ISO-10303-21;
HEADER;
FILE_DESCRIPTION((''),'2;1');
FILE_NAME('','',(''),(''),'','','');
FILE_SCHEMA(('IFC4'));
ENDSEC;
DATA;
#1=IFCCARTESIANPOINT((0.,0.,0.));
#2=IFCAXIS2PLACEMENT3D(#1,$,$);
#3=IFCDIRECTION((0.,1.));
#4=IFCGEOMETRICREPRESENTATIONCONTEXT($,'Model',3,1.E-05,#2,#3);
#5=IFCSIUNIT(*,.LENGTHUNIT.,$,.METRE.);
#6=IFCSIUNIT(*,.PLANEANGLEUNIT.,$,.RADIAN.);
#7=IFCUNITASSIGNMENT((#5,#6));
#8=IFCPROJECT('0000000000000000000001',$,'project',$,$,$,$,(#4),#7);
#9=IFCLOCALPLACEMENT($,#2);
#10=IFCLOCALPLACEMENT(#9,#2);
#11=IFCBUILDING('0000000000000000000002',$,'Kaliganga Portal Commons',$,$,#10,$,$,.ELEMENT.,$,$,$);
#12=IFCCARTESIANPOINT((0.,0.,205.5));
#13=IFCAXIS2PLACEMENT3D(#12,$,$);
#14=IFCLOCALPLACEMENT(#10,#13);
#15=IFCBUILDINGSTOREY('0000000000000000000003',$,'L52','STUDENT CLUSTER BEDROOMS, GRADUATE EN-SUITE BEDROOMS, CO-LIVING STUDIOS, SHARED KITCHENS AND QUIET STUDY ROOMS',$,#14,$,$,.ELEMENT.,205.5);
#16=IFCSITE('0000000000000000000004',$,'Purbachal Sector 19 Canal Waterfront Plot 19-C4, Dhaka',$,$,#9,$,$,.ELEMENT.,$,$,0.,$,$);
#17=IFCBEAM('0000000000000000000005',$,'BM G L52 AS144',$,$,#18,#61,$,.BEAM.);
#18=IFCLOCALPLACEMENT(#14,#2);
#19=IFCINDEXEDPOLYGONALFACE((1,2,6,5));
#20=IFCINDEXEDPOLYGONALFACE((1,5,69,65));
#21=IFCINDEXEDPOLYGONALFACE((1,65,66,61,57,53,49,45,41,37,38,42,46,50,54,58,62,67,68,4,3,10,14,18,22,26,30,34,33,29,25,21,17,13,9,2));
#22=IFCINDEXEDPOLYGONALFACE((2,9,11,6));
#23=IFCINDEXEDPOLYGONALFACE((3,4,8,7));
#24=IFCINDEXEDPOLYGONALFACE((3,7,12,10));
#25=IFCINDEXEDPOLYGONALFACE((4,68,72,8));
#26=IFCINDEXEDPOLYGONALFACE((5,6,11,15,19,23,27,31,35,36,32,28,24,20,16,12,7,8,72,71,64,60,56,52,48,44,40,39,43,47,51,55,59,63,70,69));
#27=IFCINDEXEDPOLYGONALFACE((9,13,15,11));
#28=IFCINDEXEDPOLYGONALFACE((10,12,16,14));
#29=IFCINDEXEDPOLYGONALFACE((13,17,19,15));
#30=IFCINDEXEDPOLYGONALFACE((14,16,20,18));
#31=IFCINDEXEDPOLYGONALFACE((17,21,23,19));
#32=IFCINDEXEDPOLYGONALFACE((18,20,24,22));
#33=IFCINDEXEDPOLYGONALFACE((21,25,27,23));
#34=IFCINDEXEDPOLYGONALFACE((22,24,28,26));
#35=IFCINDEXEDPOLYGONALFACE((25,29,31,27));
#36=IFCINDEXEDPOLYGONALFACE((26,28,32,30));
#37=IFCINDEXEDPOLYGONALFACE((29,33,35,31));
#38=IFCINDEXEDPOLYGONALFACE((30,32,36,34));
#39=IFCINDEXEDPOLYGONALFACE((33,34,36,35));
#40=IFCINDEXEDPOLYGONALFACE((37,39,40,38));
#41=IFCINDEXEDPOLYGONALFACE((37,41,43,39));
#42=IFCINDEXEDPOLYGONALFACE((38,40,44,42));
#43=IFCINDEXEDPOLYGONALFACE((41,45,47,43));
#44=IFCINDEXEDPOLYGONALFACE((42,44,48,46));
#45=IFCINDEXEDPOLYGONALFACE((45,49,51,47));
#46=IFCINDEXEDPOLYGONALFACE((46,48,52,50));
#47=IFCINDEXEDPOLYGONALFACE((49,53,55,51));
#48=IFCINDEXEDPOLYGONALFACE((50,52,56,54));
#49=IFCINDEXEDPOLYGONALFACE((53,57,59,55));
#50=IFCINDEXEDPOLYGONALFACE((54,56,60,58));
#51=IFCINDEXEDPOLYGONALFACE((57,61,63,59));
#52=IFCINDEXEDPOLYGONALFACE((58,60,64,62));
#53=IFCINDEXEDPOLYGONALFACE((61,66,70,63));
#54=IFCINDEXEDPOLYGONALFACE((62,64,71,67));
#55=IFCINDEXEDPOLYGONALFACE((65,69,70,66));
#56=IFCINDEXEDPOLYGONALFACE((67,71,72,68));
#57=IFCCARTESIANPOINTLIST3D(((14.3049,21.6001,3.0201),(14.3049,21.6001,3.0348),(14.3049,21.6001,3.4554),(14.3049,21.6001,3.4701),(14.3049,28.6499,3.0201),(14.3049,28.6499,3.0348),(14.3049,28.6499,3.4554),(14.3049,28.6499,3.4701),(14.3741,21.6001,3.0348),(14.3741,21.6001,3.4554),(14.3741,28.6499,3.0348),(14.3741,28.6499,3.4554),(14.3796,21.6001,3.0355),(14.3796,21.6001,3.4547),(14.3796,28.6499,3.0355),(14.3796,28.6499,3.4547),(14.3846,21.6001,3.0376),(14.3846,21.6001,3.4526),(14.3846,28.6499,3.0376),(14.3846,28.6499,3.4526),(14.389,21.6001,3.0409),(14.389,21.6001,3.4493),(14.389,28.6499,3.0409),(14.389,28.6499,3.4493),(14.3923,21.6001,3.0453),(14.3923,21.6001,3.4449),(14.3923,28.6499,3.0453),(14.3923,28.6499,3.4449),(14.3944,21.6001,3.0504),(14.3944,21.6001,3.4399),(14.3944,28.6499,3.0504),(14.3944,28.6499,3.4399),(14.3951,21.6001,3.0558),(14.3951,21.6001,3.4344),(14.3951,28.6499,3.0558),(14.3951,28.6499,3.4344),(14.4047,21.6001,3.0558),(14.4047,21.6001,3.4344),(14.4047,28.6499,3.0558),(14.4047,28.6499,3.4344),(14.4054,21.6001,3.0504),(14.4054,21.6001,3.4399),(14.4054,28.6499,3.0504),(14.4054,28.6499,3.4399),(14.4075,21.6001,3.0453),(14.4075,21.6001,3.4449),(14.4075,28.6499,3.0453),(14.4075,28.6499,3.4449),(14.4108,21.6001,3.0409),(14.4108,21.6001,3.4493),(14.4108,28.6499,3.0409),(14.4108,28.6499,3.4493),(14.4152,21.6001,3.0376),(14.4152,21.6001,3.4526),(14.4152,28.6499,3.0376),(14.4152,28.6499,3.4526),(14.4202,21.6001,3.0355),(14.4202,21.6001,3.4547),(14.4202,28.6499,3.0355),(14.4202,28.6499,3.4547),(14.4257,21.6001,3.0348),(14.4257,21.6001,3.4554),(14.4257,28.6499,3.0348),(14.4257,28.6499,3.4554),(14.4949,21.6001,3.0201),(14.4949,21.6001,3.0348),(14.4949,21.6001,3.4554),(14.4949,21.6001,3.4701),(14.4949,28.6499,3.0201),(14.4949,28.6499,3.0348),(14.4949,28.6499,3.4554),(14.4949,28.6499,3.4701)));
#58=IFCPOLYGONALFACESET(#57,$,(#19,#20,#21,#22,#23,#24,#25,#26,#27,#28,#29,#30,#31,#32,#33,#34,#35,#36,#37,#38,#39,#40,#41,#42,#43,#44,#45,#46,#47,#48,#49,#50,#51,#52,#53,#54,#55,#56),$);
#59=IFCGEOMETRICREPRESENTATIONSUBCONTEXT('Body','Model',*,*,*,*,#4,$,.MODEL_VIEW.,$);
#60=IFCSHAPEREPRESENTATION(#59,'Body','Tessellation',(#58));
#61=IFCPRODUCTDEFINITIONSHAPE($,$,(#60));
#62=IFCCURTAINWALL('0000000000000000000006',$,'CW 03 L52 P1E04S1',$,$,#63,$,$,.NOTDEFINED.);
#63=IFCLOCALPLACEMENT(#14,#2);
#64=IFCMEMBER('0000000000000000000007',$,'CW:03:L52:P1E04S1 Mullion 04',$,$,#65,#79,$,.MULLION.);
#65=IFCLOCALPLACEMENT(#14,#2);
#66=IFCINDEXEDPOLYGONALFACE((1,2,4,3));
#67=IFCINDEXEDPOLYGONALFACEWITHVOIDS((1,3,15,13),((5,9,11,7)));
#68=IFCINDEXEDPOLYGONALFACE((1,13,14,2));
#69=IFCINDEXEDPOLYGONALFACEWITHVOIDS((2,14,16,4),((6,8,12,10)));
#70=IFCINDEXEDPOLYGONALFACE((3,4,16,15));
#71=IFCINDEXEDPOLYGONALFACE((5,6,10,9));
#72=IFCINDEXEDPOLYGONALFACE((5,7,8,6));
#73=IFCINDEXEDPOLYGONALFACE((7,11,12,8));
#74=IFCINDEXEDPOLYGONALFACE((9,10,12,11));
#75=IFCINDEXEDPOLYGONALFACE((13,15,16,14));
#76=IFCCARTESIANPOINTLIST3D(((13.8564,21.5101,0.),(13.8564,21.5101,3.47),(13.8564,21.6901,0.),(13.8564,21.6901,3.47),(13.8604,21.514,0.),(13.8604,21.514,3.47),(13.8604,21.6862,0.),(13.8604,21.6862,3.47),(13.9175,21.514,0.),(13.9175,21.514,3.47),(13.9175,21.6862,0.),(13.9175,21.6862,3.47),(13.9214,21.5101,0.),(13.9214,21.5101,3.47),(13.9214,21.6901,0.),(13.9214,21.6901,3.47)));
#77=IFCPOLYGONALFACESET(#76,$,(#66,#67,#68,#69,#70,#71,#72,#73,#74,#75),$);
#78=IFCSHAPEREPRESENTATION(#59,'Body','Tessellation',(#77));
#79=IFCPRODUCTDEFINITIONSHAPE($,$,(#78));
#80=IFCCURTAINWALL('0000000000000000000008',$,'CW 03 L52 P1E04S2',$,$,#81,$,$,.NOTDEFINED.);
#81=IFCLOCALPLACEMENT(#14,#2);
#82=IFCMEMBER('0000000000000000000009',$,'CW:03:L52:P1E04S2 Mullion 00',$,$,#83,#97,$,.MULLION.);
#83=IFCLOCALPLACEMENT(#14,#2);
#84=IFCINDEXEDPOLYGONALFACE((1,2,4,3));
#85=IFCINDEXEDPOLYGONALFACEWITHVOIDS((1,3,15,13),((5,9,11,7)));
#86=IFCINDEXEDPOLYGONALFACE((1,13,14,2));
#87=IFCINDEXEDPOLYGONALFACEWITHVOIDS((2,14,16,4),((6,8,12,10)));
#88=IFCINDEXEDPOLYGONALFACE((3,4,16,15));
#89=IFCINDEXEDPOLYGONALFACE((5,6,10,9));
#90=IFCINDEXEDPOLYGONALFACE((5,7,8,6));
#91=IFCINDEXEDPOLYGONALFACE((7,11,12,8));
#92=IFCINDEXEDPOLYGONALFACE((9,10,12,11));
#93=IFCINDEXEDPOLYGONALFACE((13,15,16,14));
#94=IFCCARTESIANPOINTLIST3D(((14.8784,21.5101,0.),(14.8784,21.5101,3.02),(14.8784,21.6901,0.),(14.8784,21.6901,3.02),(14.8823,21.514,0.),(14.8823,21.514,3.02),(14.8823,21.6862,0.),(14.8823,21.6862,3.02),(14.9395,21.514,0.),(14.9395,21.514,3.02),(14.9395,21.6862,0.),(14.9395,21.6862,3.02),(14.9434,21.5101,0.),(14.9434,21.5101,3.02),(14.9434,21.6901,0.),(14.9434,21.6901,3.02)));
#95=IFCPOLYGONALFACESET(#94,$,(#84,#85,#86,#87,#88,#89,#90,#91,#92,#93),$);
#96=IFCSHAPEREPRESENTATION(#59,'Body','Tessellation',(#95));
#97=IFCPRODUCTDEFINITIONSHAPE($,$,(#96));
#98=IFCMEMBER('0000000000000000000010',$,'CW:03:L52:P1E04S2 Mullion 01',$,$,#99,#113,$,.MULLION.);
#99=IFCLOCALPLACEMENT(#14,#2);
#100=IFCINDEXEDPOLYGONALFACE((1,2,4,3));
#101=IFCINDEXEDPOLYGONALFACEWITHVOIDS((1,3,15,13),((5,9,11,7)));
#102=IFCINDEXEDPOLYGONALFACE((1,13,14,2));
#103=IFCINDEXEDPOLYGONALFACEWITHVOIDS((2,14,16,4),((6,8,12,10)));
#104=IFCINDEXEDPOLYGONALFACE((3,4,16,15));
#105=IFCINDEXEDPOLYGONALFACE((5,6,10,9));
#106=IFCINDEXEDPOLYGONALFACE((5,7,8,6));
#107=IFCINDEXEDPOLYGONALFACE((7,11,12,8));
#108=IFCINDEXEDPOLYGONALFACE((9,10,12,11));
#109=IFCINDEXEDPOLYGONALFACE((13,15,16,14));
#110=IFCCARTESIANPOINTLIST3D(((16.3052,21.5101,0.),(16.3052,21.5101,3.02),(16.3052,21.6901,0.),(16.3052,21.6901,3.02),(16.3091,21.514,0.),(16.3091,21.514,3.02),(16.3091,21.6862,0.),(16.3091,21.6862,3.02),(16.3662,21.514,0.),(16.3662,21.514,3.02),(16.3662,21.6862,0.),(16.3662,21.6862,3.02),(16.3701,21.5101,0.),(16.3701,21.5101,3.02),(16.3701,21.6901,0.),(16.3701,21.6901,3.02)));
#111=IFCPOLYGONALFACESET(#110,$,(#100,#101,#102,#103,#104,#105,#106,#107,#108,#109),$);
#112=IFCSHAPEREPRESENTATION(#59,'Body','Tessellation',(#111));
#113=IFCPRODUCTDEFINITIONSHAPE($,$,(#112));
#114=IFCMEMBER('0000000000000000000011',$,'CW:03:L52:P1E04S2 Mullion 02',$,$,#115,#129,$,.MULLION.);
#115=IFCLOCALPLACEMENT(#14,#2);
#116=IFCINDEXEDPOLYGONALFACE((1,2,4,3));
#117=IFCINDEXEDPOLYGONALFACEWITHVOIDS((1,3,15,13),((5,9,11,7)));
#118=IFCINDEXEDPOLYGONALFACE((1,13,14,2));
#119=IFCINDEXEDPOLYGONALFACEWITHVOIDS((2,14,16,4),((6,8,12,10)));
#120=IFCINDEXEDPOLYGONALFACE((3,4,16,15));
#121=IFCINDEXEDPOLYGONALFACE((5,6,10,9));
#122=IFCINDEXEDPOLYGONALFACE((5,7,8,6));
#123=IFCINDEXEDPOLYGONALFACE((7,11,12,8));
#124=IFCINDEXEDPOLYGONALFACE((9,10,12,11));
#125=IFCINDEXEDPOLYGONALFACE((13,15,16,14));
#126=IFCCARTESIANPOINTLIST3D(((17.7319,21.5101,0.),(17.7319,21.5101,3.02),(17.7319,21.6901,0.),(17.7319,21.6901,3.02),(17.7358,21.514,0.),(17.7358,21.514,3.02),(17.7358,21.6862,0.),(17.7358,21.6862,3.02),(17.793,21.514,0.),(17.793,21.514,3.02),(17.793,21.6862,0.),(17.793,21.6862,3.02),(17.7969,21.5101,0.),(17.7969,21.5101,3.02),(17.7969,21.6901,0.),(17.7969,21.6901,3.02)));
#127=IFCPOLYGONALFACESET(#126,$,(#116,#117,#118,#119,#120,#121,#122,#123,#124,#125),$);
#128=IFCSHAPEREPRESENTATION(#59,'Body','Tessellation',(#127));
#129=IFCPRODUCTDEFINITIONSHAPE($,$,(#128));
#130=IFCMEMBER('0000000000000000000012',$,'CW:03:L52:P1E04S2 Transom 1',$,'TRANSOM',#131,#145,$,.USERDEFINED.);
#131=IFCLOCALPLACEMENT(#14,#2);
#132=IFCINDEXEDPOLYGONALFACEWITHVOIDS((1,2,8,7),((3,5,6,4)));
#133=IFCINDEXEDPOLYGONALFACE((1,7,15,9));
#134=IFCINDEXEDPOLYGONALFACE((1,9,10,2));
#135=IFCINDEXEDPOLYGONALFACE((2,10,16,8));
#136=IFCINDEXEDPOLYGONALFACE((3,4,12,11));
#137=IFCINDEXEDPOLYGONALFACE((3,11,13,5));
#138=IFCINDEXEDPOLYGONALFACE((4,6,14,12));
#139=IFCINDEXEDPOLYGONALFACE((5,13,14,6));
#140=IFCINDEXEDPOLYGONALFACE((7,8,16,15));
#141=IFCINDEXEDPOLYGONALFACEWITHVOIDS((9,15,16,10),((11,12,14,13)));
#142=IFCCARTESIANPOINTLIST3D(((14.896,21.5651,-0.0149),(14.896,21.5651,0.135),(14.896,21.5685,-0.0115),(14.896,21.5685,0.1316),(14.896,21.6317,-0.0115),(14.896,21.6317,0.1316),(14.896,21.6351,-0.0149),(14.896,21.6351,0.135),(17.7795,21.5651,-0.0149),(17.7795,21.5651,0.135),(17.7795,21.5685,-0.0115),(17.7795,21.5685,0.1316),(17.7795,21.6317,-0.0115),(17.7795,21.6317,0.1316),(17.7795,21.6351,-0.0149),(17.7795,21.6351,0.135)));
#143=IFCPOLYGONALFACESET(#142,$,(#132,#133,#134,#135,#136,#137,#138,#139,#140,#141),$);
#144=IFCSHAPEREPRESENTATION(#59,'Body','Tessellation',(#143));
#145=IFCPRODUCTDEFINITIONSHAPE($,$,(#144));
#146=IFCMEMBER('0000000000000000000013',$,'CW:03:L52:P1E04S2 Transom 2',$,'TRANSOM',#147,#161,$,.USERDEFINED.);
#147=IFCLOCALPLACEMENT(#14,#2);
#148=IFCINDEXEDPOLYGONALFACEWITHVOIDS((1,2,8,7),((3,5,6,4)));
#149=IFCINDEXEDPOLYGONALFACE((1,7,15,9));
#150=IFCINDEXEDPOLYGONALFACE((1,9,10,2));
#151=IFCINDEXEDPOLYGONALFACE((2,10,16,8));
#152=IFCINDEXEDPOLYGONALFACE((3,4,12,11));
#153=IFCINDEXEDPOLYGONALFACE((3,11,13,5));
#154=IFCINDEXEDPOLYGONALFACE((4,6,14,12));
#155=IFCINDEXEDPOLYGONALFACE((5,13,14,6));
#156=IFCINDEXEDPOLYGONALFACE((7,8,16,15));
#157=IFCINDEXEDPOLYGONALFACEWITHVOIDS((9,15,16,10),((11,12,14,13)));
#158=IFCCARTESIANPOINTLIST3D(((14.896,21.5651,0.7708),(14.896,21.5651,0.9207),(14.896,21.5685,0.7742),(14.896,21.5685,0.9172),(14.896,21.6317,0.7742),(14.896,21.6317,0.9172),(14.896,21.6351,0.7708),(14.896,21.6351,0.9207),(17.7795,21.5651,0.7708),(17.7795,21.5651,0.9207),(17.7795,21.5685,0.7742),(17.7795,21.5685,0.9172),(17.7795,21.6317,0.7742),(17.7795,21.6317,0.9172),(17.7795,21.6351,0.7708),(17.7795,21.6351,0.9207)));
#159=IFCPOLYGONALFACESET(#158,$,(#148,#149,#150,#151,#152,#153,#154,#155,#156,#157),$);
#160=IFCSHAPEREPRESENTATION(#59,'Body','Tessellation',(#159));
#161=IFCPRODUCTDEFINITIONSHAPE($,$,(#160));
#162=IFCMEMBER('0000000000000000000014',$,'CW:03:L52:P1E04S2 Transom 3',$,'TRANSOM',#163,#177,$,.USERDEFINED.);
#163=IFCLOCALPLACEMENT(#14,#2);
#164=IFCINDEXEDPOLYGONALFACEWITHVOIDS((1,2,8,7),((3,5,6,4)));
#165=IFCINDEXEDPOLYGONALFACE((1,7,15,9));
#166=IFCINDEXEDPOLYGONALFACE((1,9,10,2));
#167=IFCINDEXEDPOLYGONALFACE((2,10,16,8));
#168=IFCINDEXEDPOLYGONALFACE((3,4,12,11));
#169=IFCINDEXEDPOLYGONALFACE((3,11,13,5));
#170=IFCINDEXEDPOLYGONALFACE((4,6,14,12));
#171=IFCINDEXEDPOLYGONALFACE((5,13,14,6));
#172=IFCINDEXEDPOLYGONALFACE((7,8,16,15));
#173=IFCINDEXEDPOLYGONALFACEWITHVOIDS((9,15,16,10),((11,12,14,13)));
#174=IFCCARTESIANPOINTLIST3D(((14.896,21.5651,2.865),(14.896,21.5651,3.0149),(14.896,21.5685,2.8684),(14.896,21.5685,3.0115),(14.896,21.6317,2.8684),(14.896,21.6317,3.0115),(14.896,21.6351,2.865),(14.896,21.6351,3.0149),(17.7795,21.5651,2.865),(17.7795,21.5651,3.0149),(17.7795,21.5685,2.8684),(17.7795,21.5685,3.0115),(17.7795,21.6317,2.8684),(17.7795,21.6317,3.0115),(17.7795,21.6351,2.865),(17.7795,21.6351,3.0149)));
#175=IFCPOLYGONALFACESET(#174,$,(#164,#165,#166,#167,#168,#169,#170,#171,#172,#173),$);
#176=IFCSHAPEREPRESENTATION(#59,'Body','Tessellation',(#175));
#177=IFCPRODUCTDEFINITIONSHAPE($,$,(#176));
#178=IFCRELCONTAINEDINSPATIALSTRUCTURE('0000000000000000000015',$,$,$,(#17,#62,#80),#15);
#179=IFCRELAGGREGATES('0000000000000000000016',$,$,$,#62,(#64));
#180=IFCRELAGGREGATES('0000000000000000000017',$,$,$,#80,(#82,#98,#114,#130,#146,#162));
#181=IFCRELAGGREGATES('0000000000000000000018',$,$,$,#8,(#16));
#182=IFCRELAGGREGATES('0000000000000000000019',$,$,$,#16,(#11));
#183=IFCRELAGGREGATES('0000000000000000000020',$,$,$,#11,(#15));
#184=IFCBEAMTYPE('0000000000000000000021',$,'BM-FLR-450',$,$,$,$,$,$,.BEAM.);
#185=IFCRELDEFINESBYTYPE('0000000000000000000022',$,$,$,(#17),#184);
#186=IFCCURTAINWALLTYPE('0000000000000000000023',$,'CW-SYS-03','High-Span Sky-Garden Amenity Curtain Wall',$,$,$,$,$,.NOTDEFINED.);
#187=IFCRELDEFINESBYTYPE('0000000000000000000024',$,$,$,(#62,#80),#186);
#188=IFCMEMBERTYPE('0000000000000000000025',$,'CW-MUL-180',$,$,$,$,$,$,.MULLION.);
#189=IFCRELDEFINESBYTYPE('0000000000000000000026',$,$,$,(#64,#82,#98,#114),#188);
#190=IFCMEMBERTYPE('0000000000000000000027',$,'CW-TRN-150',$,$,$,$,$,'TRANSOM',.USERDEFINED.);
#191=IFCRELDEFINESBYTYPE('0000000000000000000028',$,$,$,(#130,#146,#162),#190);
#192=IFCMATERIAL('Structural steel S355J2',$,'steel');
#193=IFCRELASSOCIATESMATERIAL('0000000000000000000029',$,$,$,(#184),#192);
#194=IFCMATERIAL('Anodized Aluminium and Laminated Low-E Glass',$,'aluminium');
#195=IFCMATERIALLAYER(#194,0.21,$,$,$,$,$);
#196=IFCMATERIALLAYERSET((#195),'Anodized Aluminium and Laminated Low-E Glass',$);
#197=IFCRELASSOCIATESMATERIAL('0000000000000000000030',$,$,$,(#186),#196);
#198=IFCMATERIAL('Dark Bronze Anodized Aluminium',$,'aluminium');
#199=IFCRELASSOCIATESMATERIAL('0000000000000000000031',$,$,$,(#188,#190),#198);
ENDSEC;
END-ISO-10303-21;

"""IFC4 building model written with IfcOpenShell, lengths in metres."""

from ifc_helpers import new_model, si_unit, direction, frame, origin, origin_2d, place, context, subcontext, project, spatial, hollow_rectangle, i_section, extrude, source, transform, mapped, material, layer, layer_set, material_profile, profile_set, type_object, element, aggregate, save


model = new_model("IFC4")

# Units and contexts
model_context = context("Model", 3, precision=1e-05, world=origin(), true_north=direction((0.0, 1.0)))
body_context = subcontext(model_context, "Body", "Model", "MODEL_VIEW")
ifc_project = project(units=[si_unit("LENGTHUNIT", "METRE"), si_unit("PLANEANGLEUNIT", "RADIAN")], contexts=[model_context])

# Site, building, storey
site_placement = place(None, origin())
site = spatial("IfcSite", under=ifc_project, at=site_placement, Name="Purbachal Sector 19 Canal Waterfront Plot 19-C4, Dhaka", CompositionType="ELEMENT", RefElevation=0.0)
building_placement = place(site_placement, origin())
building = spatial("IfcBuilding", under=site, at=building_placement, Name="Kaliganga Portal Commons", CompositionType="ELEMENT")
storey_placement = place(building_placement, frame((0.0, 0.0, 205.5)))
storey = spatial("IfcBuildingStorey", under=building, at=storey_placement, Name="L52", Description="STUDENT CLUSTER BEDROOMS, GRADUATE EN-SUITE BEDROOMS, CO-LIVING STUDIOS, SHARED KITCHENS AND QUIET STUDY ROOMS", CompositionType="ELEMENT", Elevation=205.5)

# Shared definitions
ifc_material_1 = material(Name="Structural steel S355J2", Category="steel")

# Beam
ifc_material_profile_1 = material_profile(ifc_material_1, i_section(OverallWidth=0.1899, OverallDepth=0.45, WebThickness=0.0095, FlangeThickness=0.0146, FilletRadius=0.021, at=origin_2d()), Name="IPE 450")
ifc_profile_set_1 = profile_set([ifc_material_profile_1], Name="Structural steel S355J2 wide-flange")
beam_type_1 = type_object("IfcBeamType", Name="BM-FLR-450", PredefinedType="BEAM", material=ifc_profile_set_1)
shared_shape_1 = source(origin(), body_context, "Body", "SweptSolid", [
    extrude(i_section(OverallWidth=0.1899, OverallDepth=0.45, WebThickness=0.0095, FlangeThickness=0.0146, FilletRadius=0.021, at=origin_2d()), origin(), (0.0, 0.0, 1.0), 7.0498),
])
beam_placement = place(storey_placement, frame((14.3999, 21.6001, 3.2451), z_axis=(0.0, 1.0, 0.0), x_axis=(-1.0, 0.0, 0.0)))
element("IfcBeam", 1, at=beam_placement, inside=storey, type_object=beam_type_1, Name="BM G L52 AS144", PredefinedType="BEAM", context=body_context, shape_type="MappedRepresentation", body=[
    mapped(shared_shape_1, transform((0.0, 0.0, 0.0), x_axis=(1.0, 0.0, 0.0), y_axis=(0.0, 1.0, 0.0), z_axis=(0.0, 0.0, 1.0), scale=1.0)),
])

# Curtain wall, member
ifc_material_2 = material(Name="Anodized Aluminium and Laminated Low-E Glass", Category="aluminium")
ifc_layer_1 = layer(ifc_material_2, 0.21)
ifc_layer_set_1 = layer_set([ifc_layer_1], Name="Anodized Aluminium and Laminated Low-E Glass")
curtain_wall_type = type_object("IfcCurtainWallType", Name="CW-SYS-03", Description="High-Span Sky-Garden Amenity Curtain Wall", PredefinedType="NOTDEFINED", material=ifc_layer_set_1)
curtain_wall_1_placement = place(storey_placement, origin())
curtain_wall_1 = element("IfcCurtainWall", 2, at=curtain_wall_1_placement, inside=storey, type_object=curtain_wall_type, Name="CW 03 L52 P1E04S1", PredefinedType="NOTDEFINED")
ifc_material_3 = material(Name="Dark Bronze Anodized Aluminium", Category="aluminium")
ifc_material_profile_2 = material_profile(ifc_material_3, hollow_rectangle(XDim=0.0649, YDim=0.1799, WallThickness=0.0039, at=origin_2d()), Name="ALU MULL 65x180x4")
ifc_profile_set_2 = profile_set([ifc_material_profile_2], Name="Dark Bronze Anodized Aluminium")
member_type_1 = type_object("IfcMemberType", Name="CW-MUL-180", PredefinedType="MULLION", material=ifc_profile_set_2)
shared_shape_2 = source(origin(), body_context, "Body", "SweptSolid", [
    extrude(hollow_rectangle(XDim=0.0649, YDim=0.1799, WallThickness=0.0039, at=origin_2d()), origin(), (0.0, 0.0, 1.0), 3.47),
])
member_1_placement = place(storey_placement, frame((13.8889, 21.6001, 0.0), z_axis=(0.0, 0.0, 1.0), x_axis=(1.0, 0.0, 0.0)))
member_1 = element("IfcMember", 3, at=member_1_placement, type_object=member_type_1, Name="CW:03:L52:P1E04S1 Mullion 04", PredefinedType="MULLION", context=body_context, shape_type="MappedRepresentation", body=[
    mapped(shared_shape_2, transform((0.0, 0.0, 0.0), x_axis=(1.0, 0.0, 0.0), y_axis=(0.0, 1.0, 0.0), z_axis=(0.0, 0.0, 1.0), scale=1.0)),
])

# Curtain wall, members
curtain_wall_2_placement = place(storey_placement, origin())
curtain_wall_2 = element("IfcCurtainWall", 4, at=curtain_wall_2_placement, inside=storey, type_object=curtain_wall_type, Name="CW 03 L52 P1E04S2", PredefinedType="NOTDEFINED")
shared_shape_3 = source(origin(), body_context, "Body", "SweptSolid", [
    extrude(hollow_rectangle(XDim=0.0649, YDim=0.1799, WallThickness=0.0039, at=origin_2d()), origin(), (0.0, 0.0, 1.0), 3.02),
])
member_2_placement = place(storey_placement, frame((14.9109, 21.6001, 0.0), z_axis=(0.0, 0.0, 1.0), x_axis=(1.0, 0.0, 0.0)))
member_2 = element("IfcMember", 5, at=member_2_placement, type_object=member_type_1, Name="CW:03:L52:P1E04S2 Mullion 00", PredefinedType="MULLION", context=body_context, shape_type="MappedRepresentation", body=[
    mapped(shared_shape_3, transform((0.0, 0.0, 0.0), x_axis=(1.0, 0.0, 0.0), y_axis=(0.0, 1.0, 0.0), z_axis=(0.0, 0.0, 1.0), scale=1.0)),
])
member_3_placement = place(storey_placement, frame((16.3376, 21.6001, 0.0), z_axis=(0.0, 0.0, 1.0), x_axis=(1.0, 0.0, 0.0)))
member_3 = element("IfcMember", 6, at=member_3_placement, type_object=member_type_1, Name="CW:03:L52:P1E04S2 Mullion 01", PredefinedType="MULLION", context=body_context, shape_type="MappedRepresentation", body=[
    mapped(shared_shape_3, transform((0.0, 0.0, 0.0), x_axis=(1.0, 0.0, 0.0), y_axis=(0.0, 1.0, 0.0), z_axis=(0.0, 0.0, 1.0), scale=1.0)),
])
member_4_placement = place(storey_placement, frame((17.7644, 21.6001, 0.0), z_axis=(0.0, 0.0, 1.0), x_axis=(1.0, 0.0, 0.0)))
member_4 = element("IfcMember", 7, at=member_4_placement, type_object=member_type_1, Name="CW:03:L52:P1E04S2 Mullion 02", PredefinedType="MULLION", context=body_context, shape_type="MappedRepresentation", body=[
    mapped(shared_shape_3, transform((0.0, 0.0, 0.0), x_axis=(1.0, 0.0, 0.0), y_axis=(0.0, 1.0, 0.0), z_axis=(0.0, 0.0, 1.0), scale=1.0)),
])
ifc_material_profile_3 = material_profile(ifc_material_3, hollow_rectangle(XDim=0.0701, YDim=0.1499, WallThickness=0.0034, at=origin_2d()), Name="ALU TRAN 70x150x3.5")
ifc_profile_set_3 = profile_set([ifc_material_profile_3], Name="Dark Bronze Anodized Aluminium")
member_type_2 = type_object("IfcMemberType", Name="CW-TRN-150", ElementType="TRANSOM", PredefinedType="USERDEFINED", material=ifc_profile_set_3)
shared_shape_4 = source(origin(), body_context, "Body", "SweptSolid", [
    extrude(hollow_rectangle(XDim=0.0701, YDim=0.1499, WallThickness=0.0034, at=origin_2d()), origin(), (0.0, 0.0, 1.0), 2.8835),
])
member_5_placement = place(storey_placement, frame((14.896, 21.6001, 0.0601), z_axis=(1.0, 0.0, 0.0), x_axis=(0.0, 1.0, 0.0)))
member_5 = element("IfcMember", 8, at=member_5_placement, type_object=member_type_2, Name="CW:03:L52:P1E04S2 Transom 1", ObjectType="TRANSOM", PredefinedType="USERDEFINED", context=body_context, shape_type="MappedRepresentation", body=[
    mapped(shared_shape_4, transform((0.0, 0.0, 0.0), x_axis=(1.0, 0.0, 0.0), y_axis=(0.0, 1.0, 0.0), z_axis=(0.0, 0.0, 1.0), scale=1.0)),
])
member_6_placement = place(storey_placement, frame((14.896, 21.6001, 0.8457), z_axis=(1.0, 0.0, 0.0), x_axis=(0.0, 1.0, 0.0)))
member_6 = element("IfcMember", 9, at=member_6_placement, type_object=member_type_2, Name="CW:03:L52:P1E04S2 Transom 2", ObjectType="TRANSOM", PredefinedType="USERDEFINED", context=body_context, shape_type="MappedRepresentation", body=[
    mapped(shared_shape_4, transform((0.0, 0.0, 0.0), x_axis=(1.0, 0.0, 0.0), y_axis=(0.0, 1.0, 0.0), z_axis=(0.0, 0.0, 1.0), scale=1.0)),
])
member_7_placement = place(storey_placement, frame((14.896, 21.6001, 2.9399), z_axis=(1.0, 0.0, 0.0), x_axis=(0.0, 1.0, 0.0)))
member_7 = element("IfcMember", 10, at=member_7_placement, type_object=member_type_2, Name="CW:03:L52:P1E04S2 Transom 3", ObjectType="TRANSOM", PredefinedType="USERDEFINED", context=body_context, shape_type="MappedRepresentation", body=[
    mapped(shared_shape_4, transform((0.0, 0.0, 0.0), x_axis=(1.0, 0.0, 0.0), y_axis=(0.0, 1.0, 0.0), z_axis=(0.0, 0.0, 1.0), scale=1.0)),
])

aggregate(curtain_wall_1, [member_1])
aggregate(curtain_wall_2, [member_2, member_3, member_4, member_5, member_6, member_7])

save(model, "model.ifc")
